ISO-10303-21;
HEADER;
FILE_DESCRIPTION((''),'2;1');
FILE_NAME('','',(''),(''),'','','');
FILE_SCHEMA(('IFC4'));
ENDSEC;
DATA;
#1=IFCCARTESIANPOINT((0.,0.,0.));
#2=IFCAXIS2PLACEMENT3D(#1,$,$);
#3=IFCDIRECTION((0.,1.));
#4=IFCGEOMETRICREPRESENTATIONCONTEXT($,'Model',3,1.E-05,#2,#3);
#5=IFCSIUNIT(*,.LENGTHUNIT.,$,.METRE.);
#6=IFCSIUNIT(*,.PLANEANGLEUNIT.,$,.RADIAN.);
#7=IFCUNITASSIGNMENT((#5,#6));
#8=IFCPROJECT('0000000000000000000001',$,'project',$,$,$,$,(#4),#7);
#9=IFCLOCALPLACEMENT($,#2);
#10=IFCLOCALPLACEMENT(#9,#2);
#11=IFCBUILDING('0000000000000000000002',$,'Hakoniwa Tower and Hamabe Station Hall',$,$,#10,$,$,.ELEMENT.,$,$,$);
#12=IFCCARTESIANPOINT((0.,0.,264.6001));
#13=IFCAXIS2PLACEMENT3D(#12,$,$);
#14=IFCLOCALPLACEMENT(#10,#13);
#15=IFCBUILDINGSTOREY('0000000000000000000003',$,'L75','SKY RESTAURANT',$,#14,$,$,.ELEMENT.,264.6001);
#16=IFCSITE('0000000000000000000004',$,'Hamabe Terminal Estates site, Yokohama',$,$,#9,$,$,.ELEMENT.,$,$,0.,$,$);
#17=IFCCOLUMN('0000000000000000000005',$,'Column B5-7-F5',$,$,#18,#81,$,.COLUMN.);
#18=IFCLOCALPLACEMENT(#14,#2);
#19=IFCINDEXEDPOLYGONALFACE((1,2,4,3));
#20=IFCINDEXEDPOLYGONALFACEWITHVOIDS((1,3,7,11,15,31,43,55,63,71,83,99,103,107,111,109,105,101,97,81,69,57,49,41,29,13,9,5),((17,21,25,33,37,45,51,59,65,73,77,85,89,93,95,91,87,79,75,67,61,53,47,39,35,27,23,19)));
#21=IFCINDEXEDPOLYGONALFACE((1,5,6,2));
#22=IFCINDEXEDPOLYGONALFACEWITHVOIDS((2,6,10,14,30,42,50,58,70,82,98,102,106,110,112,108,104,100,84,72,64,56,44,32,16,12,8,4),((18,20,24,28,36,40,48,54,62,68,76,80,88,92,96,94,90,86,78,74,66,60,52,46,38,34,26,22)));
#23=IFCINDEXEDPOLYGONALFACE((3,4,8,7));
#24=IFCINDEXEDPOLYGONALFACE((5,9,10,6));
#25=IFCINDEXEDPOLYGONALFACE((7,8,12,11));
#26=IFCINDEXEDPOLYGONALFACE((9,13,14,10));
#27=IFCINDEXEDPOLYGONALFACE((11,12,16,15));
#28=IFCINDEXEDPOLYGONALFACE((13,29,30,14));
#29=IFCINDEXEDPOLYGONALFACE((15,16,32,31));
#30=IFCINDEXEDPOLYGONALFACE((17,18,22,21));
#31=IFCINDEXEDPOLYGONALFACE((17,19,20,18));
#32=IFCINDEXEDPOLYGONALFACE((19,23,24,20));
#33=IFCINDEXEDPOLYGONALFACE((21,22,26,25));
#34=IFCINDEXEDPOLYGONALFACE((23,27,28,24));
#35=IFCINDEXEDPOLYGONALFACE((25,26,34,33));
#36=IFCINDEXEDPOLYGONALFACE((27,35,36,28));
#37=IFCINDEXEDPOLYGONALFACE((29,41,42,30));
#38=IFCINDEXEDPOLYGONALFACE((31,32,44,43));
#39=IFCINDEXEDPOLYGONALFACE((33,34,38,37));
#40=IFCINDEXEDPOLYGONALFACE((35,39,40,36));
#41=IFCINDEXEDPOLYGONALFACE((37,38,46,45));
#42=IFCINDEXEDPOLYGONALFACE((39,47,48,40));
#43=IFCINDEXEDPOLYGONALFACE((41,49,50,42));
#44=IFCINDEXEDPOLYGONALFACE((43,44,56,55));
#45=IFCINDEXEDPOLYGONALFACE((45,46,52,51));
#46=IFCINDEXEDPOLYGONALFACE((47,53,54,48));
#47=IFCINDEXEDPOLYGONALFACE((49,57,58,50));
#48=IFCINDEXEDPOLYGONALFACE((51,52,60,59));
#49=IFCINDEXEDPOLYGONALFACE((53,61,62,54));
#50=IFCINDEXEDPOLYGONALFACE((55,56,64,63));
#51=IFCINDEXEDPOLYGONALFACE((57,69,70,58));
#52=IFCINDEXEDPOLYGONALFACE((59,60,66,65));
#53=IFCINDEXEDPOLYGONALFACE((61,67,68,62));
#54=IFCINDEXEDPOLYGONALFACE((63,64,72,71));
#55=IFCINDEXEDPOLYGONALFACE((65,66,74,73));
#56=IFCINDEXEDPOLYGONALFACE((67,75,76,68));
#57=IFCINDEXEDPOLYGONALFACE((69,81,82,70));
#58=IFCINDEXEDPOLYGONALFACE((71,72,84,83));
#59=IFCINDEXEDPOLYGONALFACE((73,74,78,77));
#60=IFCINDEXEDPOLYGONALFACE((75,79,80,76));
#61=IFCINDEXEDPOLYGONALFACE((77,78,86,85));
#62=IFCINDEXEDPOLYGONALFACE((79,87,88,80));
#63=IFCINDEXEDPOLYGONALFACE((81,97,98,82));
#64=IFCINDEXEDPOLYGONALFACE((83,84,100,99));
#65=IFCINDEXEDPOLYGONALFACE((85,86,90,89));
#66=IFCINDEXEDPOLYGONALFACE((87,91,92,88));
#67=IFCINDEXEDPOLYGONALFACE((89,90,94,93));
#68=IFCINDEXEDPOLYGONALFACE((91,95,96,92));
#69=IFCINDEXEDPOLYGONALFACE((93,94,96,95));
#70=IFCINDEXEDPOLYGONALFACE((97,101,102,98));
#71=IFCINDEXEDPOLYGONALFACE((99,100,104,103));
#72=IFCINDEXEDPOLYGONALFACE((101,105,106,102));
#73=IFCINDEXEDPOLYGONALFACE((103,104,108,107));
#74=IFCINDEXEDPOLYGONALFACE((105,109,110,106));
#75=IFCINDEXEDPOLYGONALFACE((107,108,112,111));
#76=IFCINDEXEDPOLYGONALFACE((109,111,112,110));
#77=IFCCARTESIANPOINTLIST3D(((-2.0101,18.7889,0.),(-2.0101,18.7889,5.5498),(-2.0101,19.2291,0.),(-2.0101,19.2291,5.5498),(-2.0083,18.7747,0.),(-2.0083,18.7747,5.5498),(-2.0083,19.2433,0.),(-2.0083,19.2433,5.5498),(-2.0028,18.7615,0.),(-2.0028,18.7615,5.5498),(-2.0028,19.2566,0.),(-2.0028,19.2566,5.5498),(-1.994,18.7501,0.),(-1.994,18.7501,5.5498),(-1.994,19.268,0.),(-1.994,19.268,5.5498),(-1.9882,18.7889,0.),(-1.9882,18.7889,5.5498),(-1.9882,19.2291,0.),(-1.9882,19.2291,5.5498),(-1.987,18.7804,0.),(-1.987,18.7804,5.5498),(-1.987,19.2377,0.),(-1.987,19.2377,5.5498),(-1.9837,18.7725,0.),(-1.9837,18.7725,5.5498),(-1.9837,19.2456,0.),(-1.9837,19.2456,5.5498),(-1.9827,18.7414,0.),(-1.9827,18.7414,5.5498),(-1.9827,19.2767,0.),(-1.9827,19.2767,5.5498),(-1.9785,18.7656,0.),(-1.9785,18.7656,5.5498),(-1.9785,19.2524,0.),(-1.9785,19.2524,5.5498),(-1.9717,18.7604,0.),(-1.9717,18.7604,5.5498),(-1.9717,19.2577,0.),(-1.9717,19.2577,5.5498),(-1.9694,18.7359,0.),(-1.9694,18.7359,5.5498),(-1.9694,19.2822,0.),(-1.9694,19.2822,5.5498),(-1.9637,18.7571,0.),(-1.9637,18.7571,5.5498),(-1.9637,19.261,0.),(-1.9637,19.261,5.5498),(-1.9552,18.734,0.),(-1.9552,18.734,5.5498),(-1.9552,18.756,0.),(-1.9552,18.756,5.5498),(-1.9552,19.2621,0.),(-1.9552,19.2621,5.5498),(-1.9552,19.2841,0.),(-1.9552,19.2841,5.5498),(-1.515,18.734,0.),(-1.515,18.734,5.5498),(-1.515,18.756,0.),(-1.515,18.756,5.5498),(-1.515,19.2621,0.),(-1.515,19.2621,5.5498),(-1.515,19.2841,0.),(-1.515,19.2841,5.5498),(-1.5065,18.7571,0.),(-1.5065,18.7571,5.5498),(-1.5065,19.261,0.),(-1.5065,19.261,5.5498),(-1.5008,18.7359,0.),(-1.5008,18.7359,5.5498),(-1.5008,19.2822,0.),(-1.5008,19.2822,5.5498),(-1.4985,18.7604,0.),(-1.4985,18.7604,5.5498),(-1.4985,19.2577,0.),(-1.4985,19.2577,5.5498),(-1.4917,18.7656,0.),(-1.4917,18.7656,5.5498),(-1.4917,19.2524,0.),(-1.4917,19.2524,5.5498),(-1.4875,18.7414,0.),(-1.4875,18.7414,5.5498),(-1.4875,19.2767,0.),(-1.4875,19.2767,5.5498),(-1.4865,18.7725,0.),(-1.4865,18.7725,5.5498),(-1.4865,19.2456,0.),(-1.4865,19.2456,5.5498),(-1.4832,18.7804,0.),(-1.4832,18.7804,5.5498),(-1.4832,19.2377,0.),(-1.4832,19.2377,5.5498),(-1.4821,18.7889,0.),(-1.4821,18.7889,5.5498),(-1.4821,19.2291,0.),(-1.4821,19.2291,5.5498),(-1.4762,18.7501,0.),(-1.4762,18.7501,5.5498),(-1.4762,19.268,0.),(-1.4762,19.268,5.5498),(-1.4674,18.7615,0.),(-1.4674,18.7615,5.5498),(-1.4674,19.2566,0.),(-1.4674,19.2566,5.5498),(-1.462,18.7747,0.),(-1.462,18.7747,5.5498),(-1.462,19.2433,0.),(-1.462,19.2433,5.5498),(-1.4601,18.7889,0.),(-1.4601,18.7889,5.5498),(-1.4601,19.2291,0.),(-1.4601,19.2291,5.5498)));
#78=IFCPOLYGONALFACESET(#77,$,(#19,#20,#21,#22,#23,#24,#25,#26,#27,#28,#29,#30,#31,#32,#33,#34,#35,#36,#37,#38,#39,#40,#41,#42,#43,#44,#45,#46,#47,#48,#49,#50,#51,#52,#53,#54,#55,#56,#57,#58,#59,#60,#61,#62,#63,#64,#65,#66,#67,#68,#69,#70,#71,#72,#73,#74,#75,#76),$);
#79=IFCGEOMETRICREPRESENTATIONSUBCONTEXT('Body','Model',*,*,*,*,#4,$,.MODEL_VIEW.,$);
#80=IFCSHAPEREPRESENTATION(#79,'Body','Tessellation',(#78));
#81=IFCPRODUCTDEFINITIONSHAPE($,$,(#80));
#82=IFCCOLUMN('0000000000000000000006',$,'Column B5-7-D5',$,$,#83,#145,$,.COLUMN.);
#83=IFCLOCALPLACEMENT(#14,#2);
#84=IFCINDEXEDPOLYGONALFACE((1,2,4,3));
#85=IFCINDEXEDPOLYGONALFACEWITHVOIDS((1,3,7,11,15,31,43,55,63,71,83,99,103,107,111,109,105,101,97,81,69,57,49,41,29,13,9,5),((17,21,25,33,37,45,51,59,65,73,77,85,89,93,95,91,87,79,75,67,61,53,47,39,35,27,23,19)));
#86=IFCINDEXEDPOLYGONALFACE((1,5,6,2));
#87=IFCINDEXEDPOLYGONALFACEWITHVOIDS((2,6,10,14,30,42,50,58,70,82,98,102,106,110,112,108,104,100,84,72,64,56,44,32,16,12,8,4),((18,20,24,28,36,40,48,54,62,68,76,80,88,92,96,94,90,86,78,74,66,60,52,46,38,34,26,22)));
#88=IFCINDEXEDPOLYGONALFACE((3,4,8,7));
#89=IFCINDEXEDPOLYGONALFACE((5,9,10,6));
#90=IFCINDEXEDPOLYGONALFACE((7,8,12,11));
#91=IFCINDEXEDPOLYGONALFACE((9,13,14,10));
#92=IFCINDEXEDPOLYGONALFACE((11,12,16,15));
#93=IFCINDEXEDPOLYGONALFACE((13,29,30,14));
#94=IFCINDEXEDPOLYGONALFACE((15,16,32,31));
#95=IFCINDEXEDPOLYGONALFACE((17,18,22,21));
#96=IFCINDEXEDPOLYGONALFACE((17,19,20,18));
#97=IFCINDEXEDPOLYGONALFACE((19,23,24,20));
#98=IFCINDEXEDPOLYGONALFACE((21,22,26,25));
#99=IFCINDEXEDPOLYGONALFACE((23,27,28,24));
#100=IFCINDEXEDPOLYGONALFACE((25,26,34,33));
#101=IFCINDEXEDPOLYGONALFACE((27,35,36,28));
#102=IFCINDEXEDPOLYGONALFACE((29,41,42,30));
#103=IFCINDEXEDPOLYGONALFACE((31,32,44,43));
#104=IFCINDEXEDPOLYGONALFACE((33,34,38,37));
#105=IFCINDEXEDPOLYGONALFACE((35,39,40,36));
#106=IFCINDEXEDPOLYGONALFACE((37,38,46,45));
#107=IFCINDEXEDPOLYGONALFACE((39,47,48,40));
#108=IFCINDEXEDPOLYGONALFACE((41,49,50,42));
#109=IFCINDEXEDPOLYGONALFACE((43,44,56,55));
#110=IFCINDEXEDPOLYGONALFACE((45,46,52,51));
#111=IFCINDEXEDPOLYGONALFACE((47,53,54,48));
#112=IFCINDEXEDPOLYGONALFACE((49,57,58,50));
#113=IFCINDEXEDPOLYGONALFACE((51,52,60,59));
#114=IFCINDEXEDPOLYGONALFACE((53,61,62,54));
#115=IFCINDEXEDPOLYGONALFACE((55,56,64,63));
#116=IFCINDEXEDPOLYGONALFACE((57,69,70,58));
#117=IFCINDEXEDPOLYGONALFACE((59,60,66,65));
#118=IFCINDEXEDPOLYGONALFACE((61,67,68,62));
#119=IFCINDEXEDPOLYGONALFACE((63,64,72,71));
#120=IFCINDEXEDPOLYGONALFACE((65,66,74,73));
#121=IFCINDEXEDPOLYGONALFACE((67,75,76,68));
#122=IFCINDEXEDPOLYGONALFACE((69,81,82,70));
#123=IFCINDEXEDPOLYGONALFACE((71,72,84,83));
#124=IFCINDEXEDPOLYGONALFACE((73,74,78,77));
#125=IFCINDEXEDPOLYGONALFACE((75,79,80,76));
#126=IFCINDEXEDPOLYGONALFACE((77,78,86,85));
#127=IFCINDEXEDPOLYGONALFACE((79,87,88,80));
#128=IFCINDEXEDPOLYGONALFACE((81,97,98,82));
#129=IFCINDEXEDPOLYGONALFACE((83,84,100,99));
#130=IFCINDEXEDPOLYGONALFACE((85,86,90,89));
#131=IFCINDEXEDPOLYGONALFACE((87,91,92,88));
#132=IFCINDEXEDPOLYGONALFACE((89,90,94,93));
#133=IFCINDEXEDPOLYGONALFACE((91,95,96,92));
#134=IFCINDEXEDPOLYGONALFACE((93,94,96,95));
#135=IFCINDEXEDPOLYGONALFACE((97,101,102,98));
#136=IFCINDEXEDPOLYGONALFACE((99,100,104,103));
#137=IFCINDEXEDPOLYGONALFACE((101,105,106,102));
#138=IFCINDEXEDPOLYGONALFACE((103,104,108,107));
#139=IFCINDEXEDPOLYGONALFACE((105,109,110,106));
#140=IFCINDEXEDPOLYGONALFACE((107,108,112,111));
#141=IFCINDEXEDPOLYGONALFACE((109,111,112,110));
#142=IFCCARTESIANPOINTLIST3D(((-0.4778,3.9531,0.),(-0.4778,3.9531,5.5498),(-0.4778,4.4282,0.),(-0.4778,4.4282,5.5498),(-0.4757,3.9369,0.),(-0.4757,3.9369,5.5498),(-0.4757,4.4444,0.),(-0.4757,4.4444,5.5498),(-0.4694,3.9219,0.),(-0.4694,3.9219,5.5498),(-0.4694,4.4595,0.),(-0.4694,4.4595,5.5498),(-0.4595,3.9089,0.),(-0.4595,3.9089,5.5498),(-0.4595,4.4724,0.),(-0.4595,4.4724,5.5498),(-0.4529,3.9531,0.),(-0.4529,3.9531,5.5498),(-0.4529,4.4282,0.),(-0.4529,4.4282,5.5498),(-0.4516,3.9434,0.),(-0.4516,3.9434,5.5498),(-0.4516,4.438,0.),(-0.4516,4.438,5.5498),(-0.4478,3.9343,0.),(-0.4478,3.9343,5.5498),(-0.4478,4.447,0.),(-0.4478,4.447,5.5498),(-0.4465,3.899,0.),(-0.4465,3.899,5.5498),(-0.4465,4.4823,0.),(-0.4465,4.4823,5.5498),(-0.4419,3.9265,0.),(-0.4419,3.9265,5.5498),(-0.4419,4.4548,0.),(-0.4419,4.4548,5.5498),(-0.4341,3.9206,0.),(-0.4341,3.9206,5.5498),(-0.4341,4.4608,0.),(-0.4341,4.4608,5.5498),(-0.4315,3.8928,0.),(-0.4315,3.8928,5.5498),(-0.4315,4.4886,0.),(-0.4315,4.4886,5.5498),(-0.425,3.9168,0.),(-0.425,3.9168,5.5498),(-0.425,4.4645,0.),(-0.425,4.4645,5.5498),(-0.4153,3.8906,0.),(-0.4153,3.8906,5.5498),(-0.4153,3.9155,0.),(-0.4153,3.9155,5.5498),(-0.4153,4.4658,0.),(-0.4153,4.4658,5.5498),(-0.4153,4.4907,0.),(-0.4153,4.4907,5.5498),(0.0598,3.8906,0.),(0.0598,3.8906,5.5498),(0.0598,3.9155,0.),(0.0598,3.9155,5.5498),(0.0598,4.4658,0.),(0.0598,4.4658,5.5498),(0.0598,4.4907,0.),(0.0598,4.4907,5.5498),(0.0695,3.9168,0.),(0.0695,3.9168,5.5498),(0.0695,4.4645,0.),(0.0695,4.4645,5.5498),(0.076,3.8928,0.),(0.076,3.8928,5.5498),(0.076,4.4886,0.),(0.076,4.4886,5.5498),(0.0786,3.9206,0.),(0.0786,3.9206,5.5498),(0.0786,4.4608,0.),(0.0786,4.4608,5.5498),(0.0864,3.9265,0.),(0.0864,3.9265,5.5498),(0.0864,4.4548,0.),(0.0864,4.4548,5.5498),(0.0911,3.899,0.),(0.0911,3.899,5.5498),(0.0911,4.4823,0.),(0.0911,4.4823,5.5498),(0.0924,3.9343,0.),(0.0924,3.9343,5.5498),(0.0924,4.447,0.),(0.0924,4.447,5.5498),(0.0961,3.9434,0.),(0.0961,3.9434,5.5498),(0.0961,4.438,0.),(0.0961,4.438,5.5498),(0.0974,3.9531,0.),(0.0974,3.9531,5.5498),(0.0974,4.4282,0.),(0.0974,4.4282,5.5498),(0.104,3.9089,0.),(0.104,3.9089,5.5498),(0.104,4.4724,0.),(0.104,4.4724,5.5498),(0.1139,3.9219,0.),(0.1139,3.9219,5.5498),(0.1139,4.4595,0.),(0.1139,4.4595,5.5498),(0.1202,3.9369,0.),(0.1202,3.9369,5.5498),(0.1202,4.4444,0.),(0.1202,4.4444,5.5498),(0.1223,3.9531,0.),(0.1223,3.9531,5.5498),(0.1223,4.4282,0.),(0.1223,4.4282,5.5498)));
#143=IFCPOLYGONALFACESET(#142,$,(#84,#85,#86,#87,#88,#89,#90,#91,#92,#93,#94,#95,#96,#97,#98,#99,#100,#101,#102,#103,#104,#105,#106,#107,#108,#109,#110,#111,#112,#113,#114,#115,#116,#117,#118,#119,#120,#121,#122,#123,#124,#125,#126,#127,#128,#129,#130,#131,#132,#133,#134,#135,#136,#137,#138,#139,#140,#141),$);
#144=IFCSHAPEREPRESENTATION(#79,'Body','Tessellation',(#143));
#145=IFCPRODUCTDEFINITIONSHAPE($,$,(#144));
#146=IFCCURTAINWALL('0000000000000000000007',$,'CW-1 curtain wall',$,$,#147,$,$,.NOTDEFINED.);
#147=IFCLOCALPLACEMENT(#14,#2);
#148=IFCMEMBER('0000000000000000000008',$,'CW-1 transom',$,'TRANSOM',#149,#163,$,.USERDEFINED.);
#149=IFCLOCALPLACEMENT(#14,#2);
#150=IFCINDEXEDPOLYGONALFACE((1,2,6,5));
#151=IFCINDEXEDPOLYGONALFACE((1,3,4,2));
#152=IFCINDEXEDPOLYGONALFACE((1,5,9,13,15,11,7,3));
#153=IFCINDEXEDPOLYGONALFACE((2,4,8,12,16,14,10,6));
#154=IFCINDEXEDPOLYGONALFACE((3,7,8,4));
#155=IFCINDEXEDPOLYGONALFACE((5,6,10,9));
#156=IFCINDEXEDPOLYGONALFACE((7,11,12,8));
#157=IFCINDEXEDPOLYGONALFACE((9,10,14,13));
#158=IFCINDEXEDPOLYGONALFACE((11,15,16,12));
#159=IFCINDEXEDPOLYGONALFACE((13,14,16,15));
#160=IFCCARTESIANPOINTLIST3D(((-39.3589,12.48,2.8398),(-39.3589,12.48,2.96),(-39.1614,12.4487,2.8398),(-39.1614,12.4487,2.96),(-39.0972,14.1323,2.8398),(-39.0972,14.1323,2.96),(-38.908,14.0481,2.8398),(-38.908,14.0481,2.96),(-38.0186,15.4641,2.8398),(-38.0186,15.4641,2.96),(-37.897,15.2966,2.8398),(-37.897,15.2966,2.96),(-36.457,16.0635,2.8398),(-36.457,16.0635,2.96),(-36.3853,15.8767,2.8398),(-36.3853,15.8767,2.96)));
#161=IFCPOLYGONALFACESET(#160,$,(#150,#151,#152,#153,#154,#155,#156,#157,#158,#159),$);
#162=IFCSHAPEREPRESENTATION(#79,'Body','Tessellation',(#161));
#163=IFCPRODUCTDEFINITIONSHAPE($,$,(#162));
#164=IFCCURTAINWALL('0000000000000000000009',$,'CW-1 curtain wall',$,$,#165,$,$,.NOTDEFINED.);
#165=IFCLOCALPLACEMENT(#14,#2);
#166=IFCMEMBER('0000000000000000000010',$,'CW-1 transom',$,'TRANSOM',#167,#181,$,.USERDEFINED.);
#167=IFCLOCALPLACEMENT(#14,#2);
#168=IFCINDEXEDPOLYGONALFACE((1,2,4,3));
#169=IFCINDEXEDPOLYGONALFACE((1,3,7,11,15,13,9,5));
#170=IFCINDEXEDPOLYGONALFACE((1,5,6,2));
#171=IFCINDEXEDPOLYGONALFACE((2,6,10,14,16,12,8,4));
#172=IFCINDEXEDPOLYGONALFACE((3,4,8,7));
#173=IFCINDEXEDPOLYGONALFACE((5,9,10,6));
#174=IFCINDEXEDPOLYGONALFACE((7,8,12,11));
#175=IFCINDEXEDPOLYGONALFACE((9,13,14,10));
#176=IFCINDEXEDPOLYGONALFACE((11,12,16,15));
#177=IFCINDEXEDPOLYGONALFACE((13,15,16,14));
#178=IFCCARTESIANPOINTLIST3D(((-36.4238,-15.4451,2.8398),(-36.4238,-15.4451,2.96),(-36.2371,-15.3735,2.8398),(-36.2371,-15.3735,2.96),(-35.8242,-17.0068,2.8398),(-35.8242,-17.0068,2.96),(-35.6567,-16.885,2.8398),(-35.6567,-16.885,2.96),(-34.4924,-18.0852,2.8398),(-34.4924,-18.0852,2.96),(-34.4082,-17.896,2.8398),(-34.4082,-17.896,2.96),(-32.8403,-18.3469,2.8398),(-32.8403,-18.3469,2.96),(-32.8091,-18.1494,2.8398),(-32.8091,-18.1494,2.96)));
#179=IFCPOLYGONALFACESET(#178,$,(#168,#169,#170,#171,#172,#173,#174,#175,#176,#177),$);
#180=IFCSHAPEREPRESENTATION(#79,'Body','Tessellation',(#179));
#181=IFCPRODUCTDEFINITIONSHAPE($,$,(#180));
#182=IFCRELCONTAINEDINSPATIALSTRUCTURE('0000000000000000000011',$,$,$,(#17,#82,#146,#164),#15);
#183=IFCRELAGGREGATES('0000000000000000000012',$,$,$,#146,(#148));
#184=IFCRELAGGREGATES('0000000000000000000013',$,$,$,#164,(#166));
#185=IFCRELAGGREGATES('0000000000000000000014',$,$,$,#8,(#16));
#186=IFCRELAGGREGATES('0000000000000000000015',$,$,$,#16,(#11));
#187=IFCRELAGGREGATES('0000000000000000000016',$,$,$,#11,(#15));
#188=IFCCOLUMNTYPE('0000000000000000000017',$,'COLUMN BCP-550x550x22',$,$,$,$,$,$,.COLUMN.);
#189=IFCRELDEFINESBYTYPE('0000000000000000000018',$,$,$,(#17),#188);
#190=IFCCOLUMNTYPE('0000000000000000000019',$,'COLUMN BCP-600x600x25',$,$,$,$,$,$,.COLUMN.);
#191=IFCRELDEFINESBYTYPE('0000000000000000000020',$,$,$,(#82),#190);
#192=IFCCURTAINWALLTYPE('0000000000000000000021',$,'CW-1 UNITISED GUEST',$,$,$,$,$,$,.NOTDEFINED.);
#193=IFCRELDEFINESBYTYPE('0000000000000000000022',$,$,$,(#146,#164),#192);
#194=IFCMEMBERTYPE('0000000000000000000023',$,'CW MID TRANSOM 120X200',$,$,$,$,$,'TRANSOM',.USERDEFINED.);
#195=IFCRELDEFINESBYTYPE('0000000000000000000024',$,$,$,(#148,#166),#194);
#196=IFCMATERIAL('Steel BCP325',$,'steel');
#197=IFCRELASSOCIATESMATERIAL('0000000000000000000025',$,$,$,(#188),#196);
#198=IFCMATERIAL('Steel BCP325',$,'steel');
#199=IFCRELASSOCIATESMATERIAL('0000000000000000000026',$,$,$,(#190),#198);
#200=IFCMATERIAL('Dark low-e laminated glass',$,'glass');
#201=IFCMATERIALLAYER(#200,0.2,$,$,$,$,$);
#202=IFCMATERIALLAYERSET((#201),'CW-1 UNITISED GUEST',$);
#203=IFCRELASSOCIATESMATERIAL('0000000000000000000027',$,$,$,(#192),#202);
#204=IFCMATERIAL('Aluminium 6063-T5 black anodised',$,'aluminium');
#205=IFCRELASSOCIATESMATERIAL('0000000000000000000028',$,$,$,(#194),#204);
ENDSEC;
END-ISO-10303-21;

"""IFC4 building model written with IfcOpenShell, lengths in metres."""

from ifc_helpers import new_model, si_unit, direction, frame, origin, origin_2d, place, context, subcontext, project, spatial, polyline, rectangle, hollow_rectangle, outline, extrude, material, layer, layer_set, material_profile, profile_set, type_object, element, aggregate, save


model = new_model("IFC4")

# Units and contexts
model_context = context("Model", 3, precision=1e-05, world=origin(), true_north=direction((0.0, 1.0)))
body_context = subcontext(model_context, "Body", "Model", "MODEL_VIEW")
ifc_project = project(units=[si_unit("LENGTHUNIT", "METRE"), si_unit("PLANEANGLEUNIT", "RADIAN")], contexts=[model_context])

# Site, building, storey
site_placement = place(None, origin())
site = spatial("IfcSite", under=ifc_project, at=site_placement, Name="Hamabe Terminal Estates site, Yokohama", CompositionType="ELEMENT", RefElevation=0.0)
building_placement = place(site_placement, origin())
building = spatial("IfcBuilding", under=site, at=building_placement, Name="Hakoniwa Tower and Hamabe Station Hall", CompositionType="ELEMENT")
storey_placement = place(building_placement, frame((0.0, 0.0, 264.6001)))
storey = spatial("IfcBuildingStorey", under=building, at=storey_placement, Name="L75", Description="SKY RESTAURANT", CompositionType="ELEMENT", Elevation=264.6001)

# Columns
ifc_material_1 = material(Name="Steel BCP325", Category="steel")
ifc_material_profile_1 = material_profile(ifc_material_1, hollow_rectangle(XDim=0.55, YDim=0.55, WallThickness=0.022, InnerFilletRadius=0.033, OuterFilletRadius=0.0549, at=origin_2d()), Name="BCP-550x550x22")
ifc_profile_set_1 = profile_set([ifc_material_profile_1], Name="Steel BCP325")
column_type_1 = type_object("IfcColumnType", Name="COLUMN BCP-550x550x22", PredefinedType="COLUMN", material=ifc_profile_set_1)
column_1_placement = place(storey_placement, frame((-1.7351, 19.009, 0.0), z_axis=(0.0, 0.0, 1.0), x_axis=(1.0, 0.0, 0.0)))
element("IfcColumn", 1, at=column_1_placement, inside=storey, type_object=column_type_1, Name="Column B5-7-F5", PredefinedType="COLUMN", context=body_context, shape_type="SweptSolid", body=[
    extrude(hollow_rectangle(XDim=0.55, YDim=0.55, WallThickness=0.022, InnerFilletRadius=0.033, OuterFilletRadius=0.0549, at=origin_2d()), origin(), (0.0, 0.0, 1.0), 5.5498),
])
ifc_material_2 = material(Name="Steel BCP325", Category="steel")
ifc_material_profile_2 = material_profile(ifc_material_2, hollow_rectangle(XDim=0.6001, YDim=0.6001, WallThickness=0.0249, InnerFilletRadius=0.0376, OuterFilletRadius=0.0625, at=origin_2d()), Name="BCP-600x600x25")
ifc_profile_set_2 = profile_set([ifc_material_profile_2], Name="Steel BCP325")
column_type_2 = type_object("IfcColumnType", Name="COLUMN BCP-600x600x25", PredefinedType="COLUMN", material=ifc_profile_set_2)
column_2_placement = place(storey_placement, frame((-0.1777, 4.1907, 0.0), z_axis=(0.0, 0.0, 1.0), x_axis=(1.0, 0.0, 0.0)))
element("IfcColumn", 2, at=column_2_placement, inside=storey, type_object=column_type_2, Name="Column B5-7-D5", PredefinedType="COLUMN", context=body_context, shape_type="SweptSolid", body=[
    extrude(hollow_rectangle(XDim=0.6001, YDim=0.6001, WallThickness=0.0249, InnerFilletRadius=0.0376, OuterFilletRadius=0.0625, at=origin_2d()), origin(), (0.0, 0.0, 1.0), 5.5498),
])

# Curtain walls, members
ifc_material_3 = material(Name="Dark low-e laminated glass", Category="glass")
ifc_layer_1 = layer(ifc_material_3, 0.2)
ifc_layer_set_1 = layer_set([ifc_layer_1], Name="CW-1 UNITISED GUEST")
curtain_wall_type = type_object("IfcCurtainWallType", Name="CW-1 UNITISED GUEST", PredefinedType="NOTDEFINED", material=ifc_layer_set_1)
curtain_wall_1_placement = place(storey_placement, origin())
curtain_wall_1 = element("IfcCurtainWall", 3, at=curtain_wall_1_placement, inside=storey, type_object=curtain_wall_type, Name="CW-1 curtain wall", PredefinedType="NOTDEFINED")
ifc_material_4 = material(Name="Aluminium 6063-T5 black anodised", Category="aluminium")
ifc_material_profile_3 = material_profile(ifc_material_4, rectangle(XDim=0.2, YDim=0.1201, at=origin_2d()), Name="CW MID TRANSOM 120X200")
ifc_profile_set_3 = profile_set([ifc_material_profile_3], Name="Aluminium 6063-T5 black anodised")
member_type_1 = type_object("IfcMemberType", Name="CW MID TRANSOM 120X200", ElementType="TRANSOM", PredefinedType="USERDEFINED", material=ifc_profile_set_3)
member_1_placement = place(storey_placement, frame((0.0, 0.0, 2.8398)))
member_1 = element("IfcMember", 4, at=member_1_placement, type_object=member_type_1, Name="CW-1 transom", ObjectType="TRANSOM", PredefinedType="USERDEFINED", context=body_context, shape_type="SweptSolid", body=[
    extrude(outline(polyline([(-36.457, 16.0635), (-38.0186, 15.4641), (-39.0972, 14.1323), (-39.3589, 12.48), (-39.1614, 12.4487), (-38.908, 14.0481), (-37.897, 15.2966), (-36.3853, 15.8767), (-36.457, 16.0635)])), origin(), (0.0, 0.0, 1.0), 0.1201),
])
curtain_wall_2_placement = place(storey_placement, origin())
curtain_wall_2 = element("IfcCurtainWall", 5, at=curtain_wall_2_placement, inside=storey, type_object=curtain_wall_type, Name="CW-1 curtain wall", PredefinedType="NOTDEFINED")
member_2_placement = place(storey_placement, frame((0.0, 0.0, 2.8398)))
member_2 = element("IfcMember", 6, at=member_2_placement, type_object=member_type_1, Name="CW-1 transom", ObjectType="TRANSOM", PredefinedType="USERDEFINED", context=body_context, shape_type="SweptSolid", body=[
    extrude(outline(polyline([(-36.4238, -15.4451), (-35.8242, -17.0068), (-34.4924, -18.0852), (-32.8403, -18.3469), (-32.8091, -18.1494), (-34.4082, -17.896), (-35.6567, -16.885), (-36.2371, -15.3735), (-36.4238, -15.4451)])), origin(), (0.0, 0.0, 1.0), 0.1201),
])

aggregate(curtain_wall_1, [member_1])
aggregate(curtain_wall_2, [member_2])

save(model, "model.ifc")
